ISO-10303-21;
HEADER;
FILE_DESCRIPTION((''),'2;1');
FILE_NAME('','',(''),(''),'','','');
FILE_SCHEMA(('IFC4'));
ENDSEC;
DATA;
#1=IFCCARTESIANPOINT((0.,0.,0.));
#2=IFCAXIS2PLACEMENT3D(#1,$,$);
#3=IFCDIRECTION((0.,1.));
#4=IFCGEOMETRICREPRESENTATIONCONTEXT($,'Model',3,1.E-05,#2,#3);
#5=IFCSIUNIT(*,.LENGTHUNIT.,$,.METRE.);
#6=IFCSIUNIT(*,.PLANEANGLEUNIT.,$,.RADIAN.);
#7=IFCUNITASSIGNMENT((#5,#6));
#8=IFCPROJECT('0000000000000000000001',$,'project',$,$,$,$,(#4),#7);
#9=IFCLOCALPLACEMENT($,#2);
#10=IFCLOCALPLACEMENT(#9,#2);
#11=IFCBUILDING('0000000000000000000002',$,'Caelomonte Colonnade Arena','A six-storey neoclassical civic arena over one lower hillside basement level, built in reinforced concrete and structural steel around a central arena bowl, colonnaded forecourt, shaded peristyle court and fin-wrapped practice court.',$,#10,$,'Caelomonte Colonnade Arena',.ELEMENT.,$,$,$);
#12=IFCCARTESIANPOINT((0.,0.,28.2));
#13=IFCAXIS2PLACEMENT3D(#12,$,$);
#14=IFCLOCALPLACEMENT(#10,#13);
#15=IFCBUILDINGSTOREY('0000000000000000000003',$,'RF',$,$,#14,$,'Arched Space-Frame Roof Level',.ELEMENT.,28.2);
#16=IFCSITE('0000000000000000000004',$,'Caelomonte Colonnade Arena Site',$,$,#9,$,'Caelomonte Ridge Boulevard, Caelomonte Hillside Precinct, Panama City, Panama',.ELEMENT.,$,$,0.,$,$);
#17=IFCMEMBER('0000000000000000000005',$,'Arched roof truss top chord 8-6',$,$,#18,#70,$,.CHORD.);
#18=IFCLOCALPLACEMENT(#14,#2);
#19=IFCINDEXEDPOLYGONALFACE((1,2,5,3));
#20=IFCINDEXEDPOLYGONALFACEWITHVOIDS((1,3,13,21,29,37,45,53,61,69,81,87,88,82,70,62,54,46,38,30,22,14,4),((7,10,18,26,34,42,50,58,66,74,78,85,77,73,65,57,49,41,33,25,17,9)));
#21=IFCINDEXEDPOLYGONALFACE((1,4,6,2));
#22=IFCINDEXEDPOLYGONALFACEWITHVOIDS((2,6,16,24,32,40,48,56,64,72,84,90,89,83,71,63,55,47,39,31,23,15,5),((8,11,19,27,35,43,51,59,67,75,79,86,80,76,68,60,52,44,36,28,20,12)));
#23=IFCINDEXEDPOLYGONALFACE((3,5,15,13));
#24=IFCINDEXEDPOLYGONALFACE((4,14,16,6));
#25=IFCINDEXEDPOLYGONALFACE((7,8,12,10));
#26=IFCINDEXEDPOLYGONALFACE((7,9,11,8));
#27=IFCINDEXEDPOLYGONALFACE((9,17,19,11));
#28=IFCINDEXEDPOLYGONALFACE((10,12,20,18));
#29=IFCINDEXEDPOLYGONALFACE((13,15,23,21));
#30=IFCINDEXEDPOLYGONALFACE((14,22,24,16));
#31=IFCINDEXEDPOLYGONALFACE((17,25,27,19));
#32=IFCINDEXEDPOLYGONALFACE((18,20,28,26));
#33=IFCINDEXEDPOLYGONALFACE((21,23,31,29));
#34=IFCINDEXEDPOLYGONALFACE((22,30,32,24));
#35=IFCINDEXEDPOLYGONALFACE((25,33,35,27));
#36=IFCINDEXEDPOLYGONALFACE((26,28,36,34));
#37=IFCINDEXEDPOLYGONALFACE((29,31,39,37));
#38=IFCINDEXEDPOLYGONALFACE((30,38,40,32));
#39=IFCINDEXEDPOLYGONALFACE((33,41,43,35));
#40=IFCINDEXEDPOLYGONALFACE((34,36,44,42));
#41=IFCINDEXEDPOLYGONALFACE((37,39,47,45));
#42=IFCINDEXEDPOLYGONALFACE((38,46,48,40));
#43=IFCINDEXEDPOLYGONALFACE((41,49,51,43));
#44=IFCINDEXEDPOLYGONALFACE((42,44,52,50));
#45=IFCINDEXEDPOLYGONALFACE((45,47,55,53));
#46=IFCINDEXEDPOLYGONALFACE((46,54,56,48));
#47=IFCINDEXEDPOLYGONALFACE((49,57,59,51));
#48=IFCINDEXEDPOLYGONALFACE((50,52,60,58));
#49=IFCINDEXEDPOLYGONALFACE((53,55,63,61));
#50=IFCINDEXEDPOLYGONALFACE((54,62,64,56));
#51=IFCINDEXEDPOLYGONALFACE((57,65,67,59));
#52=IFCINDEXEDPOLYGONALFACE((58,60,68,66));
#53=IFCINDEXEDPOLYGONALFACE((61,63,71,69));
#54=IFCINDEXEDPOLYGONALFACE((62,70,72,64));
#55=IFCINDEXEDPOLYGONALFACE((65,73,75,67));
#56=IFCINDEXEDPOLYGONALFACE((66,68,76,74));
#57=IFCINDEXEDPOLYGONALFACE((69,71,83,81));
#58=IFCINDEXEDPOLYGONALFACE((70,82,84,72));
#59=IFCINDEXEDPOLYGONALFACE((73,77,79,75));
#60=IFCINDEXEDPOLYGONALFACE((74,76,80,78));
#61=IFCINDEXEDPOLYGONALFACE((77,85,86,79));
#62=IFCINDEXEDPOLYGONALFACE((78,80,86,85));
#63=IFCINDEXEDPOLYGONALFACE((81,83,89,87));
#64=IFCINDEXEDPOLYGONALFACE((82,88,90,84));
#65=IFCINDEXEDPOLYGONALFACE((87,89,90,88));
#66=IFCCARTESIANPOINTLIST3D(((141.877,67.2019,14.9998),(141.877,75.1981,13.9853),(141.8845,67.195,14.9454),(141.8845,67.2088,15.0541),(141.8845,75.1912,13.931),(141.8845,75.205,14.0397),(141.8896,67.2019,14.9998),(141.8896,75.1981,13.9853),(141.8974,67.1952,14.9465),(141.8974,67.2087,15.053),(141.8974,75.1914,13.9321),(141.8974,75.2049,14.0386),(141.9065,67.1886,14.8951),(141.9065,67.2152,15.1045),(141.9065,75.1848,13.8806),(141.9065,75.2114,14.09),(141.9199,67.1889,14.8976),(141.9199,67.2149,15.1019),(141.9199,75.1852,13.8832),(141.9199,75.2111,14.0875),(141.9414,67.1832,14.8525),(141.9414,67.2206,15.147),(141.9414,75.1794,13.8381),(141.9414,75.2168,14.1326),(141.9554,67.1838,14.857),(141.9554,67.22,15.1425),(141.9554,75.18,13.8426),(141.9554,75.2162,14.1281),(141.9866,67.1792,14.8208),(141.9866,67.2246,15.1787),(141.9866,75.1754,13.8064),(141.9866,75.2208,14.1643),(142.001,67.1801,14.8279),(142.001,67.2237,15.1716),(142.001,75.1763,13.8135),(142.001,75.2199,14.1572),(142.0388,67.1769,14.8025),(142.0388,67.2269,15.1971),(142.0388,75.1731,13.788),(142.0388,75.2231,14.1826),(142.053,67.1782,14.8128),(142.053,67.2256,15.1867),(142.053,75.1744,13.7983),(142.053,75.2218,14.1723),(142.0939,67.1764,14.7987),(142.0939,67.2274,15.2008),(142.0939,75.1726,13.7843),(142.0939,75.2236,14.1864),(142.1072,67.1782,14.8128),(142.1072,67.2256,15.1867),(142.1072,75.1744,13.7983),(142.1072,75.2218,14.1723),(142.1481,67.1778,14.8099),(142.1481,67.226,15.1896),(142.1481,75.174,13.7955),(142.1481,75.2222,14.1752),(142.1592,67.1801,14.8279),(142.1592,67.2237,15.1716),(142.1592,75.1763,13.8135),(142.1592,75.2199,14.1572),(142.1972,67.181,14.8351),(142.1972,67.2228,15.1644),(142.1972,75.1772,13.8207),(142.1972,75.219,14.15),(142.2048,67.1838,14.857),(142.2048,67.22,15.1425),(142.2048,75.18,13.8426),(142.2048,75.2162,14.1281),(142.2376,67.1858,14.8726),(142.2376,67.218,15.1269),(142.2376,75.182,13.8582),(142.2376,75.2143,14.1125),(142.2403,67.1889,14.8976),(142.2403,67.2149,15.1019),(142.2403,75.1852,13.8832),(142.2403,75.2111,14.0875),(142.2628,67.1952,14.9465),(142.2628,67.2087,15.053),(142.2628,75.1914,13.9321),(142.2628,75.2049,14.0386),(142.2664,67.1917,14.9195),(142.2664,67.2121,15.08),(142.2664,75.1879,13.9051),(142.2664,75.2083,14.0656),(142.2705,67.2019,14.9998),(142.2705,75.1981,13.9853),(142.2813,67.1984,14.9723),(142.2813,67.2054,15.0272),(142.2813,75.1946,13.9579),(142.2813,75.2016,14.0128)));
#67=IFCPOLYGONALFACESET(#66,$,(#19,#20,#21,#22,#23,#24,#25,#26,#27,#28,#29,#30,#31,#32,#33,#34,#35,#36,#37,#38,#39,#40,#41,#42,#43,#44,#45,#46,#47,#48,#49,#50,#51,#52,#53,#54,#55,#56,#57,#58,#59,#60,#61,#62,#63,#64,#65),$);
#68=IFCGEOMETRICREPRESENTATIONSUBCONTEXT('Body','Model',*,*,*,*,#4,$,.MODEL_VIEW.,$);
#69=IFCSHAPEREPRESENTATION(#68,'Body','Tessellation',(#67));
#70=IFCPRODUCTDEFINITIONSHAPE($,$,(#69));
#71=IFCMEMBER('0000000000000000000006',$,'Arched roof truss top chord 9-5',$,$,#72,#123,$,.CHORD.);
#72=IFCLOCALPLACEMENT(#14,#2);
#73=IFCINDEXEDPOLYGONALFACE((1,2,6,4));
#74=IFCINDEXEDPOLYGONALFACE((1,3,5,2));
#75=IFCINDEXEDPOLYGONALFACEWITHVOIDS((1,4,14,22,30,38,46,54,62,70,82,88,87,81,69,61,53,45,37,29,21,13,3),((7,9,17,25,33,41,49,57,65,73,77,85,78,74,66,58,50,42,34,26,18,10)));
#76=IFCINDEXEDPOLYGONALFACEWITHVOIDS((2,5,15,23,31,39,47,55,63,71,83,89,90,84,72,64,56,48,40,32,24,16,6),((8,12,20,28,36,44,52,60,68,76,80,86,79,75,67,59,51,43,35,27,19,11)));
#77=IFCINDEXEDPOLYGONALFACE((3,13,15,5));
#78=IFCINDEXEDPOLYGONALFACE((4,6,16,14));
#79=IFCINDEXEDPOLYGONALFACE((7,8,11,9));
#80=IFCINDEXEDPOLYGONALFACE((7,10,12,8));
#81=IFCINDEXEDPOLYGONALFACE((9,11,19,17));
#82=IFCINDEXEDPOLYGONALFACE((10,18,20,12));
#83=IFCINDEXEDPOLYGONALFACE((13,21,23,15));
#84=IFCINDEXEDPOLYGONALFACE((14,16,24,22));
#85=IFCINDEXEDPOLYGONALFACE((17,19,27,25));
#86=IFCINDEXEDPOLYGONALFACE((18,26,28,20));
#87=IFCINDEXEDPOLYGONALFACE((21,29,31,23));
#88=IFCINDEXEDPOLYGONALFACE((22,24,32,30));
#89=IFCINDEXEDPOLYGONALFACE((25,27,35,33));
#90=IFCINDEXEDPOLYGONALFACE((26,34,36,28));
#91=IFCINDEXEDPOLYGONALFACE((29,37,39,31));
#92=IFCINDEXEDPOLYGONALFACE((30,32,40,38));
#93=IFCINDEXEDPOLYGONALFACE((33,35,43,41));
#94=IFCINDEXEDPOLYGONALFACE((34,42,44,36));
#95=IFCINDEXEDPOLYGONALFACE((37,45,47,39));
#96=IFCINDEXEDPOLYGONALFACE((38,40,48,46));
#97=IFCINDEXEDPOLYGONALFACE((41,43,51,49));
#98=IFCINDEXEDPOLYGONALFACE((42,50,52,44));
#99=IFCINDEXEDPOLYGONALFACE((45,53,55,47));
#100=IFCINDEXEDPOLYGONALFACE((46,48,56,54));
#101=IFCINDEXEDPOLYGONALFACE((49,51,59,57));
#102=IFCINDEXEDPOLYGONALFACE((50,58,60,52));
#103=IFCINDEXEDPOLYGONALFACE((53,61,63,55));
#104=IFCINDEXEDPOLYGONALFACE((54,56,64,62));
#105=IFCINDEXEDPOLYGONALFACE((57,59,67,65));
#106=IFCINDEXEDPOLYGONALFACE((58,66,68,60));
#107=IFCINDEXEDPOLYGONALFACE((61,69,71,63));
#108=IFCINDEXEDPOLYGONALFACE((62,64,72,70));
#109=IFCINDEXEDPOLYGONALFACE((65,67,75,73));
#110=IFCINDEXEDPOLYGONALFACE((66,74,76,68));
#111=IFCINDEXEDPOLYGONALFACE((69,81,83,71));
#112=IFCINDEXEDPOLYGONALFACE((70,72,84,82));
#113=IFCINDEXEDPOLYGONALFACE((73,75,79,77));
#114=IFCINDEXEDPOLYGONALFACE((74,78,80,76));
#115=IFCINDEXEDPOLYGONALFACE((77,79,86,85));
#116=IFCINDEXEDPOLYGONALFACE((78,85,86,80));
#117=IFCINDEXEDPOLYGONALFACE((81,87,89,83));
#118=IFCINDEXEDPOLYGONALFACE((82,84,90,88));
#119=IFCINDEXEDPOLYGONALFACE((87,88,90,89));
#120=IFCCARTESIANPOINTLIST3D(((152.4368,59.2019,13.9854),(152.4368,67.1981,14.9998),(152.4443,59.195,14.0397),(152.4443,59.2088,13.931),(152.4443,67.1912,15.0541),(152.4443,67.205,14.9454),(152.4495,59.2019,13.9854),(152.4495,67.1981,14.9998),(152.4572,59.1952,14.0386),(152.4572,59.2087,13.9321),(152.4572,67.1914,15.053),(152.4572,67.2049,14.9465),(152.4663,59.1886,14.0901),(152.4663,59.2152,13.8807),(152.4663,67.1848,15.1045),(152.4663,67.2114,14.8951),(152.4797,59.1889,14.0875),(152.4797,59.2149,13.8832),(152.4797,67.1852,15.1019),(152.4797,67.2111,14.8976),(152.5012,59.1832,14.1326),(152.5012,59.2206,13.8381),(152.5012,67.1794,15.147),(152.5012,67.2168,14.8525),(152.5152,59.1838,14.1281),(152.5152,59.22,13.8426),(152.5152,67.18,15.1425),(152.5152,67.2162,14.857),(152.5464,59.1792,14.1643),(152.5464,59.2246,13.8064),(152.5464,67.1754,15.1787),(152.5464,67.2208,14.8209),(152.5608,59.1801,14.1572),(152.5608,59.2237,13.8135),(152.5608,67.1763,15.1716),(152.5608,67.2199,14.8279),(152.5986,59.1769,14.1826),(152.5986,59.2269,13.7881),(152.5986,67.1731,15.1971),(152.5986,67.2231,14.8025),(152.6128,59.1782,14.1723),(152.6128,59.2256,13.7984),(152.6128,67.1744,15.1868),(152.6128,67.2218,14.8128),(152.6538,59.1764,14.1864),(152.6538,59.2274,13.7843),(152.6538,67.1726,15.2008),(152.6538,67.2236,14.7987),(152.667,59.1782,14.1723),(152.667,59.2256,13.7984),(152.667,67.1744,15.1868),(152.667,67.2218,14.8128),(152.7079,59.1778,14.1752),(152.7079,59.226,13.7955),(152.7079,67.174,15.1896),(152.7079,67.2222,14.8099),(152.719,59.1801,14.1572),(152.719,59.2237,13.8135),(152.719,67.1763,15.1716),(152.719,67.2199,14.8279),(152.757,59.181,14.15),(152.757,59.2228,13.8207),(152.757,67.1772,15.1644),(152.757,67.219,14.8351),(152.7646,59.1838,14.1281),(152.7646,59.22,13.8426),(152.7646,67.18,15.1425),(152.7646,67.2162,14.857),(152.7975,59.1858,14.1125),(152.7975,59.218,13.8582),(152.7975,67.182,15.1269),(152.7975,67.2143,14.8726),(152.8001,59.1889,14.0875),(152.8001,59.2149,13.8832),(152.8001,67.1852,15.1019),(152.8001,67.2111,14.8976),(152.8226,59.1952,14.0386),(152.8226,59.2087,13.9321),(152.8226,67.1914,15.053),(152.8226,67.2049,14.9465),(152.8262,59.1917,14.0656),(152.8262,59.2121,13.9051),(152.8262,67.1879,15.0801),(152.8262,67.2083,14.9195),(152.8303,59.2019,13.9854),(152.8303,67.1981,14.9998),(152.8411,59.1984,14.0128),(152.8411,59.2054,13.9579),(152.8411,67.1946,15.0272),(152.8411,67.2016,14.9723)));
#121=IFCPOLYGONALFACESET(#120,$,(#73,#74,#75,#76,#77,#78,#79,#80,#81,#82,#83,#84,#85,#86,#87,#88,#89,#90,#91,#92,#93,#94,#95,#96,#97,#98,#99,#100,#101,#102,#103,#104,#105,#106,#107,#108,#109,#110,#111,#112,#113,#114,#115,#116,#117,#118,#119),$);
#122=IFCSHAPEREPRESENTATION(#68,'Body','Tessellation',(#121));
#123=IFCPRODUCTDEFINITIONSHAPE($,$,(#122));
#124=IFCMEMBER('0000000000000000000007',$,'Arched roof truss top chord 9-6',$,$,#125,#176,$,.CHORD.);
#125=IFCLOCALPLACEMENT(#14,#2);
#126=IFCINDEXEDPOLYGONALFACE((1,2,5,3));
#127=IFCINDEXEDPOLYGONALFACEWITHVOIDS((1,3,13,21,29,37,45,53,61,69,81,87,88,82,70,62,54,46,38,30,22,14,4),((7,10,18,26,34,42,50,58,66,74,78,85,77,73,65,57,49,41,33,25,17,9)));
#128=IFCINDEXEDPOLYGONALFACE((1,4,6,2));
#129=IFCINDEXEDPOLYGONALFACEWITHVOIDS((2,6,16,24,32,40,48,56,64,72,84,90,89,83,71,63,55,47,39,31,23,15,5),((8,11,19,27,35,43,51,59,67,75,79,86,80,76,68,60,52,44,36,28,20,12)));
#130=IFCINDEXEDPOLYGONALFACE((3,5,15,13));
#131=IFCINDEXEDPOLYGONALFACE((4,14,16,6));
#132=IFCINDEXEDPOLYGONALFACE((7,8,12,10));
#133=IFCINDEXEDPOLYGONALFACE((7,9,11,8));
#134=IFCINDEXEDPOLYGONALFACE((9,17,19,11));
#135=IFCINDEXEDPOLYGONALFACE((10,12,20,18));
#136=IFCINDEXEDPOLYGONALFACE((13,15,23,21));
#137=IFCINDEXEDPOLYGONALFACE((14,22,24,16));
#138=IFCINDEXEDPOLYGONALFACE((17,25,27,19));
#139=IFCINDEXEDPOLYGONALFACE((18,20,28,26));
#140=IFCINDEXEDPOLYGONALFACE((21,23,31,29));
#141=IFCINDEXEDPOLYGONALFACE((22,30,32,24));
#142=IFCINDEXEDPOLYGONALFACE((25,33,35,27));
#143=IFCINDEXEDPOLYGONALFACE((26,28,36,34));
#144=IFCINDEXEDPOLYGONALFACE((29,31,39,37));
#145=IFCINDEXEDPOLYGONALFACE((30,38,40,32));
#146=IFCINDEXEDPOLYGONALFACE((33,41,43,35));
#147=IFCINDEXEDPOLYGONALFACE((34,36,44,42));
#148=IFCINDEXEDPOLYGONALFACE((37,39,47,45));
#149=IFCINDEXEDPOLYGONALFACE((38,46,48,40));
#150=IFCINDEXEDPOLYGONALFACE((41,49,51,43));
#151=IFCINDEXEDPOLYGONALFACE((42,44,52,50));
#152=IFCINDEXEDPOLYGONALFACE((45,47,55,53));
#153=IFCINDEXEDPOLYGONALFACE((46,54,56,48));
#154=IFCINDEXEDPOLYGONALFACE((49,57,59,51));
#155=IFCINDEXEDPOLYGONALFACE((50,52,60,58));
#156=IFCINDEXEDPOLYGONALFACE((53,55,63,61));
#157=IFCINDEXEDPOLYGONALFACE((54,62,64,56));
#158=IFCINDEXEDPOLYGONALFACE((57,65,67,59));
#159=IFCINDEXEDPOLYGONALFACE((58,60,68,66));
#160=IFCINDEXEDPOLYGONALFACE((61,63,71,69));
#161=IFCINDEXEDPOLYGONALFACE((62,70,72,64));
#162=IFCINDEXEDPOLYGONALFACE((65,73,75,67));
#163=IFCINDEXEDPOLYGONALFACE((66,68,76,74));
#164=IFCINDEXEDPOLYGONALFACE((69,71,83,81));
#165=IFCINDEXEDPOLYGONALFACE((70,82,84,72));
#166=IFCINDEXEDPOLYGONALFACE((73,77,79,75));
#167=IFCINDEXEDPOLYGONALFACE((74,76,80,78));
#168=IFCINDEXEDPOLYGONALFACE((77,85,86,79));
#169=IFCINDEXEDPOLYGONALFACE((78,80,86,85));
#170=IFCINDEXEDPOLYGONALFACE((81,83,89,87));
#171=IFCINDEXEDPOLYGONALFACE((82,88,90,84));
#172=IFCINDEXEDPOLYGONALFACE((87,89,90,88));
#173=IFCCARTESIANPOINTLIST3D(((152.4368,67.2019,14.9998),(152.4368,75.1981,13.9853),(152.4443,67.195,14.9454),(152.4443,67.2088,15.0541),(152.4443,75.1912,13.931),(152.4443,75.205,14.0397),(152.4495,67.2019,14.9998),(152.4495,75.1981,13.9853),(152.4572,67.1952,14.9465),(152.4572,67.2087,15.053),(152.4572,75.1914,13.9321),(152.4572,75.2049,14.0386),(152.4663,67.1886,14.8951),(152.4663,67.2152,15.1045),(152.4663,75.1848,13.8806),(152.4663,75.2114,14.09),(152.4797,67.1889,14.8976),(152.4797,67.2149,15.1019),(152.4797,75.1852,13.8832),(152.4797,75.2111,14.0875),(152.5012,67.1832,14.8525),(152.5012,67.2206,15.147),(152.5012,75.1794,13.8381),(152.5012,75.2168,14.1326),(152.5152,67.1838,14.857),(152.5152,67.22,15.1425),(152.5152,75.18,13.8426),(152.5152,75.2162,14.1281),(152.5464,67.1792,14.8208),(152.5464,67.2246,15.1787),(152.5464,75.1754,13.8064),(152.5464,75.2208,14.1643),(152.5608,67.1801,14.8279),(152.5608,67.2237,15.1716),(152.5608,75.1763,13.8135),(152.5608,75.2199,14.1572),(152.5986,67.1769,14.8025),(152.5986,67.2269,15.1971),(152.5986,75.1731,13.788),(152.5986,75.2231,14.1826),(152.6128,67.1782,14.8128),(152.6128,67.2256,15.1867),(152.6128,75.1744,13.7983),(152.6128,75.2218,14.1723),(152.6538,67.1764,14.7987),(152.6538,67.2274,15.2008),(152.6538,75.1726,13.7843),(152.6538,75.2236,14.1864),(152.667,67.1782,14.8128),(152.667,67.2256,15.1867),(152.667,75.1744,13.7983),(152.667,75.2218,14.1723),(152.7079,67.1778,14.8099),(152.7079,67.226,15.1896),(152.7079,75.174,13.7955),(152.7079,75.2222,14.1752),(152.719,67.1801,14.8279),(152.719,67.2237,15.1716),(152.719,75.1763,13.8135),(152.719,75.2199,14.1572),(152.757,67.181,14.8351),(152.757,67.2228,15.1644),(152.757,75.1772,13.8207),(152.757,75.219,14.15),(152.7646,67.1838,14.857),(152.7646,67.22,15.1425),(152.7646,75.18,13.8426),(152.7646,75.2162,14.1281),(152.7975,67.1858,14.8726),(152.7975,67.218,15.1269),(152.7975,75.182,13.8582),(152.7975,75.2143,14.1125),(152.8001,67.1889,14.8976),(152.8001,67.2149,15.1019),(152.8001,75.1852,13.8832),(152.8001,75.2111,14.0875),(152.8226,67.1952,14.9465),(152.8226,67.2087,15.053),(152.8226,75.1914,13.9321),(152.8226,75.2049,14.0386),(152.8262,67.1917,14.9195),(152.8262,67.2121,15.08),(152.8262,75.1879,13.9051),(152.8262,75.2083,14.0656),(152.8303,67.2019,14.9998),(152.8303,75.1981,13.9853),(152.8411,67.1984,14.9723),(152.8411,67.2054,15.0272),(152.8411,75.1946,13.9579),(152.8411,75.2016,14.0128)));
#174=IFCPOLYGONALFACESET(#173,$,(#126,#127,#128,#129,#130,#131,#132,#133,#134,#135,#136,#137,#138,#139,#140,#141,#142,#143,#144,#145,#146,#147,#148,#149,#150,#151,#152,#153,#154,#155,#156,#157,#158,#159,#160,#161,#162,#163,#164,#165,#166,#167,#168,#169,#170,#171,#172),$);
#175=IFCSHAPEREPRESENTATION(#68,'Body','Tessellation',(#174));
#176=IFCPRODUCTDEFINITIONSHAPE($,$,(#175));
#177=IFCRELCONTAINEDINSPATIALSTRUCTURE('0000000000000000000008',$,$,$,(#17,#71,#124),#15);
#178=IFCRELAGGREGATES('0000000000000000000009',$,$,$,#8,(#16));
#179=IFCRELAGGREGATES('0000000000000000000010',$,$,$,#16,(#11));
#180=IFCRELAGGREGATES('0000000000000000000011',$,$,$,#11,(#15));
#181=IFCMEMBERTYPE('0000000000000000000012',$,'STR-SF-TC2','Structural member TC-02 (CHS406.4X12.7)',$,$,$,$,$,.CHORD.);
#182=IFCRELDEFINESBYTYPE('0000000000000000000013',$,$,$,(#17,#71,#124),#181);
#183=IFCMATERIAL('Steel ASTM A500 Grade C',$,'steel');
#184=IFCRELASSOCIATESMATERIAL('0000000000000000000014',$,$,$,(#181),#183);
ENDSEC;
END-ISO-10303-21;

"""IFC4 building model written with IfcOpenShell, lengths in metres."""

from ifc_helpers import new_model, si_unit, direction, frame, origin, origin_2d, place, context, subcontext, project, spatial, hollow_circle, extrude, material, material_profile, profile_set, type_object, element, save


model = new_model("IFC4")

# Units and contexts
model_context = context("Model", 3, precision=1e-05, world=origin(), true_north=direction((0.0, 1.0)))
body_context = subcontext(model_context, "Body", "Model", "MODEL_VIEW")
ifc_project = project(units=[si_unit("LENGTHUNIT", "METRE"), si_unit("PLANEANGLEUNIT", "RADIAN")], contexts=[model_context])

# Site, building, storey
site_placement = place(None, origin())
site = spatial("IfcSite", under=ifc_project, at=site_placement, Name="Caelomonte Colonnade Arena Site", LongName="Caelomonte Ridge Boulevard, Caelomonte Hillside Precinct, Panama City, Panama", CompositionType="ELEMENT", RefElevation=0.0)
building_placement = place(site_placement, origin())
building = spatial("IfcBuilding", under=site, at=building_placement, Name="Caelomonte Colonnade Arena", Description="A six-storey neoclassical civic arena over one lower hillside basement level, built in reinforced concrete and structural steel around a central arena bowl, colonnaded forecourt, shaded peristyle court and fin-wrapped practice court.", LongName="Caelomonte Colonnade Arena", CompositionType="ELEMENT")
storey_placement = place(building_placement, frame((0.0, 0.0, 28.2)))
storey = spatial("IfcBuildingStorey", under=building, at=storey_placement, Name="RF", LongName="Arched Space-Frame Roof Level", CompositionType="ELEMENT", Elevation=28.2)

# Members
ifc_material_1 = material(Name="Steel ASTM A500 Grade C", Category="steel")
ifc_material_profile_1 = material_profile(ifc_material_1, hollow_circle(Radius=0.2031, WallThickness=0.0127, at=origin_2d()), Name="CHS406.4X12.7")
ifc_profile_set_1 = profile_set([ifc_material_profile_1], Name="Steel ASTM A500 Grade C")
member_type_1 = type_object("IfcMemberType", Name="STR-SF-TC2", Description="Structural member TC-02 (CHS406.4X12.7)", PredefinedType="CHORD", material=ifc_profile_set_1)
for number, where, z_axis, x_axis, name in (
    (1, (142.0801, 67.2019, 14.9998), (0.0, 0.992049, -0.125854), (-1.0, 0.0, 0.0), "Arched roof truss top chord 8-6"),
    (2, (152.6399, 59.2019, 13.9854), (0.0, 0.992049, 0.125854), (-1.0, 0.0, 0.0), "Arched roof truss top chord 9-5"),
    (3, (152.6399, 67.2019, 14.9998), (0.0, 0.992049, -0.125854), (-1.0, 0.0, 0.0), "Arched roof truss top chord 9-6"),
):
    element("IfcMember", number, at=place(storey_placement, frame(where, z_axis=z_axis, x_axis=x_axis)), inside=storey, type_object=member_type_1, Name=name, PredefinedType="CHORD", context=body_context, shape_type="SweptSolid", body=[
        extrude(hollow_circle(Radius=0.2031, WallThickness=0.0127, at=origin_2d()), origin(), (0.0, 0.0, 1.0), 8.0603),
    ])

save(model, "model.ifc")
